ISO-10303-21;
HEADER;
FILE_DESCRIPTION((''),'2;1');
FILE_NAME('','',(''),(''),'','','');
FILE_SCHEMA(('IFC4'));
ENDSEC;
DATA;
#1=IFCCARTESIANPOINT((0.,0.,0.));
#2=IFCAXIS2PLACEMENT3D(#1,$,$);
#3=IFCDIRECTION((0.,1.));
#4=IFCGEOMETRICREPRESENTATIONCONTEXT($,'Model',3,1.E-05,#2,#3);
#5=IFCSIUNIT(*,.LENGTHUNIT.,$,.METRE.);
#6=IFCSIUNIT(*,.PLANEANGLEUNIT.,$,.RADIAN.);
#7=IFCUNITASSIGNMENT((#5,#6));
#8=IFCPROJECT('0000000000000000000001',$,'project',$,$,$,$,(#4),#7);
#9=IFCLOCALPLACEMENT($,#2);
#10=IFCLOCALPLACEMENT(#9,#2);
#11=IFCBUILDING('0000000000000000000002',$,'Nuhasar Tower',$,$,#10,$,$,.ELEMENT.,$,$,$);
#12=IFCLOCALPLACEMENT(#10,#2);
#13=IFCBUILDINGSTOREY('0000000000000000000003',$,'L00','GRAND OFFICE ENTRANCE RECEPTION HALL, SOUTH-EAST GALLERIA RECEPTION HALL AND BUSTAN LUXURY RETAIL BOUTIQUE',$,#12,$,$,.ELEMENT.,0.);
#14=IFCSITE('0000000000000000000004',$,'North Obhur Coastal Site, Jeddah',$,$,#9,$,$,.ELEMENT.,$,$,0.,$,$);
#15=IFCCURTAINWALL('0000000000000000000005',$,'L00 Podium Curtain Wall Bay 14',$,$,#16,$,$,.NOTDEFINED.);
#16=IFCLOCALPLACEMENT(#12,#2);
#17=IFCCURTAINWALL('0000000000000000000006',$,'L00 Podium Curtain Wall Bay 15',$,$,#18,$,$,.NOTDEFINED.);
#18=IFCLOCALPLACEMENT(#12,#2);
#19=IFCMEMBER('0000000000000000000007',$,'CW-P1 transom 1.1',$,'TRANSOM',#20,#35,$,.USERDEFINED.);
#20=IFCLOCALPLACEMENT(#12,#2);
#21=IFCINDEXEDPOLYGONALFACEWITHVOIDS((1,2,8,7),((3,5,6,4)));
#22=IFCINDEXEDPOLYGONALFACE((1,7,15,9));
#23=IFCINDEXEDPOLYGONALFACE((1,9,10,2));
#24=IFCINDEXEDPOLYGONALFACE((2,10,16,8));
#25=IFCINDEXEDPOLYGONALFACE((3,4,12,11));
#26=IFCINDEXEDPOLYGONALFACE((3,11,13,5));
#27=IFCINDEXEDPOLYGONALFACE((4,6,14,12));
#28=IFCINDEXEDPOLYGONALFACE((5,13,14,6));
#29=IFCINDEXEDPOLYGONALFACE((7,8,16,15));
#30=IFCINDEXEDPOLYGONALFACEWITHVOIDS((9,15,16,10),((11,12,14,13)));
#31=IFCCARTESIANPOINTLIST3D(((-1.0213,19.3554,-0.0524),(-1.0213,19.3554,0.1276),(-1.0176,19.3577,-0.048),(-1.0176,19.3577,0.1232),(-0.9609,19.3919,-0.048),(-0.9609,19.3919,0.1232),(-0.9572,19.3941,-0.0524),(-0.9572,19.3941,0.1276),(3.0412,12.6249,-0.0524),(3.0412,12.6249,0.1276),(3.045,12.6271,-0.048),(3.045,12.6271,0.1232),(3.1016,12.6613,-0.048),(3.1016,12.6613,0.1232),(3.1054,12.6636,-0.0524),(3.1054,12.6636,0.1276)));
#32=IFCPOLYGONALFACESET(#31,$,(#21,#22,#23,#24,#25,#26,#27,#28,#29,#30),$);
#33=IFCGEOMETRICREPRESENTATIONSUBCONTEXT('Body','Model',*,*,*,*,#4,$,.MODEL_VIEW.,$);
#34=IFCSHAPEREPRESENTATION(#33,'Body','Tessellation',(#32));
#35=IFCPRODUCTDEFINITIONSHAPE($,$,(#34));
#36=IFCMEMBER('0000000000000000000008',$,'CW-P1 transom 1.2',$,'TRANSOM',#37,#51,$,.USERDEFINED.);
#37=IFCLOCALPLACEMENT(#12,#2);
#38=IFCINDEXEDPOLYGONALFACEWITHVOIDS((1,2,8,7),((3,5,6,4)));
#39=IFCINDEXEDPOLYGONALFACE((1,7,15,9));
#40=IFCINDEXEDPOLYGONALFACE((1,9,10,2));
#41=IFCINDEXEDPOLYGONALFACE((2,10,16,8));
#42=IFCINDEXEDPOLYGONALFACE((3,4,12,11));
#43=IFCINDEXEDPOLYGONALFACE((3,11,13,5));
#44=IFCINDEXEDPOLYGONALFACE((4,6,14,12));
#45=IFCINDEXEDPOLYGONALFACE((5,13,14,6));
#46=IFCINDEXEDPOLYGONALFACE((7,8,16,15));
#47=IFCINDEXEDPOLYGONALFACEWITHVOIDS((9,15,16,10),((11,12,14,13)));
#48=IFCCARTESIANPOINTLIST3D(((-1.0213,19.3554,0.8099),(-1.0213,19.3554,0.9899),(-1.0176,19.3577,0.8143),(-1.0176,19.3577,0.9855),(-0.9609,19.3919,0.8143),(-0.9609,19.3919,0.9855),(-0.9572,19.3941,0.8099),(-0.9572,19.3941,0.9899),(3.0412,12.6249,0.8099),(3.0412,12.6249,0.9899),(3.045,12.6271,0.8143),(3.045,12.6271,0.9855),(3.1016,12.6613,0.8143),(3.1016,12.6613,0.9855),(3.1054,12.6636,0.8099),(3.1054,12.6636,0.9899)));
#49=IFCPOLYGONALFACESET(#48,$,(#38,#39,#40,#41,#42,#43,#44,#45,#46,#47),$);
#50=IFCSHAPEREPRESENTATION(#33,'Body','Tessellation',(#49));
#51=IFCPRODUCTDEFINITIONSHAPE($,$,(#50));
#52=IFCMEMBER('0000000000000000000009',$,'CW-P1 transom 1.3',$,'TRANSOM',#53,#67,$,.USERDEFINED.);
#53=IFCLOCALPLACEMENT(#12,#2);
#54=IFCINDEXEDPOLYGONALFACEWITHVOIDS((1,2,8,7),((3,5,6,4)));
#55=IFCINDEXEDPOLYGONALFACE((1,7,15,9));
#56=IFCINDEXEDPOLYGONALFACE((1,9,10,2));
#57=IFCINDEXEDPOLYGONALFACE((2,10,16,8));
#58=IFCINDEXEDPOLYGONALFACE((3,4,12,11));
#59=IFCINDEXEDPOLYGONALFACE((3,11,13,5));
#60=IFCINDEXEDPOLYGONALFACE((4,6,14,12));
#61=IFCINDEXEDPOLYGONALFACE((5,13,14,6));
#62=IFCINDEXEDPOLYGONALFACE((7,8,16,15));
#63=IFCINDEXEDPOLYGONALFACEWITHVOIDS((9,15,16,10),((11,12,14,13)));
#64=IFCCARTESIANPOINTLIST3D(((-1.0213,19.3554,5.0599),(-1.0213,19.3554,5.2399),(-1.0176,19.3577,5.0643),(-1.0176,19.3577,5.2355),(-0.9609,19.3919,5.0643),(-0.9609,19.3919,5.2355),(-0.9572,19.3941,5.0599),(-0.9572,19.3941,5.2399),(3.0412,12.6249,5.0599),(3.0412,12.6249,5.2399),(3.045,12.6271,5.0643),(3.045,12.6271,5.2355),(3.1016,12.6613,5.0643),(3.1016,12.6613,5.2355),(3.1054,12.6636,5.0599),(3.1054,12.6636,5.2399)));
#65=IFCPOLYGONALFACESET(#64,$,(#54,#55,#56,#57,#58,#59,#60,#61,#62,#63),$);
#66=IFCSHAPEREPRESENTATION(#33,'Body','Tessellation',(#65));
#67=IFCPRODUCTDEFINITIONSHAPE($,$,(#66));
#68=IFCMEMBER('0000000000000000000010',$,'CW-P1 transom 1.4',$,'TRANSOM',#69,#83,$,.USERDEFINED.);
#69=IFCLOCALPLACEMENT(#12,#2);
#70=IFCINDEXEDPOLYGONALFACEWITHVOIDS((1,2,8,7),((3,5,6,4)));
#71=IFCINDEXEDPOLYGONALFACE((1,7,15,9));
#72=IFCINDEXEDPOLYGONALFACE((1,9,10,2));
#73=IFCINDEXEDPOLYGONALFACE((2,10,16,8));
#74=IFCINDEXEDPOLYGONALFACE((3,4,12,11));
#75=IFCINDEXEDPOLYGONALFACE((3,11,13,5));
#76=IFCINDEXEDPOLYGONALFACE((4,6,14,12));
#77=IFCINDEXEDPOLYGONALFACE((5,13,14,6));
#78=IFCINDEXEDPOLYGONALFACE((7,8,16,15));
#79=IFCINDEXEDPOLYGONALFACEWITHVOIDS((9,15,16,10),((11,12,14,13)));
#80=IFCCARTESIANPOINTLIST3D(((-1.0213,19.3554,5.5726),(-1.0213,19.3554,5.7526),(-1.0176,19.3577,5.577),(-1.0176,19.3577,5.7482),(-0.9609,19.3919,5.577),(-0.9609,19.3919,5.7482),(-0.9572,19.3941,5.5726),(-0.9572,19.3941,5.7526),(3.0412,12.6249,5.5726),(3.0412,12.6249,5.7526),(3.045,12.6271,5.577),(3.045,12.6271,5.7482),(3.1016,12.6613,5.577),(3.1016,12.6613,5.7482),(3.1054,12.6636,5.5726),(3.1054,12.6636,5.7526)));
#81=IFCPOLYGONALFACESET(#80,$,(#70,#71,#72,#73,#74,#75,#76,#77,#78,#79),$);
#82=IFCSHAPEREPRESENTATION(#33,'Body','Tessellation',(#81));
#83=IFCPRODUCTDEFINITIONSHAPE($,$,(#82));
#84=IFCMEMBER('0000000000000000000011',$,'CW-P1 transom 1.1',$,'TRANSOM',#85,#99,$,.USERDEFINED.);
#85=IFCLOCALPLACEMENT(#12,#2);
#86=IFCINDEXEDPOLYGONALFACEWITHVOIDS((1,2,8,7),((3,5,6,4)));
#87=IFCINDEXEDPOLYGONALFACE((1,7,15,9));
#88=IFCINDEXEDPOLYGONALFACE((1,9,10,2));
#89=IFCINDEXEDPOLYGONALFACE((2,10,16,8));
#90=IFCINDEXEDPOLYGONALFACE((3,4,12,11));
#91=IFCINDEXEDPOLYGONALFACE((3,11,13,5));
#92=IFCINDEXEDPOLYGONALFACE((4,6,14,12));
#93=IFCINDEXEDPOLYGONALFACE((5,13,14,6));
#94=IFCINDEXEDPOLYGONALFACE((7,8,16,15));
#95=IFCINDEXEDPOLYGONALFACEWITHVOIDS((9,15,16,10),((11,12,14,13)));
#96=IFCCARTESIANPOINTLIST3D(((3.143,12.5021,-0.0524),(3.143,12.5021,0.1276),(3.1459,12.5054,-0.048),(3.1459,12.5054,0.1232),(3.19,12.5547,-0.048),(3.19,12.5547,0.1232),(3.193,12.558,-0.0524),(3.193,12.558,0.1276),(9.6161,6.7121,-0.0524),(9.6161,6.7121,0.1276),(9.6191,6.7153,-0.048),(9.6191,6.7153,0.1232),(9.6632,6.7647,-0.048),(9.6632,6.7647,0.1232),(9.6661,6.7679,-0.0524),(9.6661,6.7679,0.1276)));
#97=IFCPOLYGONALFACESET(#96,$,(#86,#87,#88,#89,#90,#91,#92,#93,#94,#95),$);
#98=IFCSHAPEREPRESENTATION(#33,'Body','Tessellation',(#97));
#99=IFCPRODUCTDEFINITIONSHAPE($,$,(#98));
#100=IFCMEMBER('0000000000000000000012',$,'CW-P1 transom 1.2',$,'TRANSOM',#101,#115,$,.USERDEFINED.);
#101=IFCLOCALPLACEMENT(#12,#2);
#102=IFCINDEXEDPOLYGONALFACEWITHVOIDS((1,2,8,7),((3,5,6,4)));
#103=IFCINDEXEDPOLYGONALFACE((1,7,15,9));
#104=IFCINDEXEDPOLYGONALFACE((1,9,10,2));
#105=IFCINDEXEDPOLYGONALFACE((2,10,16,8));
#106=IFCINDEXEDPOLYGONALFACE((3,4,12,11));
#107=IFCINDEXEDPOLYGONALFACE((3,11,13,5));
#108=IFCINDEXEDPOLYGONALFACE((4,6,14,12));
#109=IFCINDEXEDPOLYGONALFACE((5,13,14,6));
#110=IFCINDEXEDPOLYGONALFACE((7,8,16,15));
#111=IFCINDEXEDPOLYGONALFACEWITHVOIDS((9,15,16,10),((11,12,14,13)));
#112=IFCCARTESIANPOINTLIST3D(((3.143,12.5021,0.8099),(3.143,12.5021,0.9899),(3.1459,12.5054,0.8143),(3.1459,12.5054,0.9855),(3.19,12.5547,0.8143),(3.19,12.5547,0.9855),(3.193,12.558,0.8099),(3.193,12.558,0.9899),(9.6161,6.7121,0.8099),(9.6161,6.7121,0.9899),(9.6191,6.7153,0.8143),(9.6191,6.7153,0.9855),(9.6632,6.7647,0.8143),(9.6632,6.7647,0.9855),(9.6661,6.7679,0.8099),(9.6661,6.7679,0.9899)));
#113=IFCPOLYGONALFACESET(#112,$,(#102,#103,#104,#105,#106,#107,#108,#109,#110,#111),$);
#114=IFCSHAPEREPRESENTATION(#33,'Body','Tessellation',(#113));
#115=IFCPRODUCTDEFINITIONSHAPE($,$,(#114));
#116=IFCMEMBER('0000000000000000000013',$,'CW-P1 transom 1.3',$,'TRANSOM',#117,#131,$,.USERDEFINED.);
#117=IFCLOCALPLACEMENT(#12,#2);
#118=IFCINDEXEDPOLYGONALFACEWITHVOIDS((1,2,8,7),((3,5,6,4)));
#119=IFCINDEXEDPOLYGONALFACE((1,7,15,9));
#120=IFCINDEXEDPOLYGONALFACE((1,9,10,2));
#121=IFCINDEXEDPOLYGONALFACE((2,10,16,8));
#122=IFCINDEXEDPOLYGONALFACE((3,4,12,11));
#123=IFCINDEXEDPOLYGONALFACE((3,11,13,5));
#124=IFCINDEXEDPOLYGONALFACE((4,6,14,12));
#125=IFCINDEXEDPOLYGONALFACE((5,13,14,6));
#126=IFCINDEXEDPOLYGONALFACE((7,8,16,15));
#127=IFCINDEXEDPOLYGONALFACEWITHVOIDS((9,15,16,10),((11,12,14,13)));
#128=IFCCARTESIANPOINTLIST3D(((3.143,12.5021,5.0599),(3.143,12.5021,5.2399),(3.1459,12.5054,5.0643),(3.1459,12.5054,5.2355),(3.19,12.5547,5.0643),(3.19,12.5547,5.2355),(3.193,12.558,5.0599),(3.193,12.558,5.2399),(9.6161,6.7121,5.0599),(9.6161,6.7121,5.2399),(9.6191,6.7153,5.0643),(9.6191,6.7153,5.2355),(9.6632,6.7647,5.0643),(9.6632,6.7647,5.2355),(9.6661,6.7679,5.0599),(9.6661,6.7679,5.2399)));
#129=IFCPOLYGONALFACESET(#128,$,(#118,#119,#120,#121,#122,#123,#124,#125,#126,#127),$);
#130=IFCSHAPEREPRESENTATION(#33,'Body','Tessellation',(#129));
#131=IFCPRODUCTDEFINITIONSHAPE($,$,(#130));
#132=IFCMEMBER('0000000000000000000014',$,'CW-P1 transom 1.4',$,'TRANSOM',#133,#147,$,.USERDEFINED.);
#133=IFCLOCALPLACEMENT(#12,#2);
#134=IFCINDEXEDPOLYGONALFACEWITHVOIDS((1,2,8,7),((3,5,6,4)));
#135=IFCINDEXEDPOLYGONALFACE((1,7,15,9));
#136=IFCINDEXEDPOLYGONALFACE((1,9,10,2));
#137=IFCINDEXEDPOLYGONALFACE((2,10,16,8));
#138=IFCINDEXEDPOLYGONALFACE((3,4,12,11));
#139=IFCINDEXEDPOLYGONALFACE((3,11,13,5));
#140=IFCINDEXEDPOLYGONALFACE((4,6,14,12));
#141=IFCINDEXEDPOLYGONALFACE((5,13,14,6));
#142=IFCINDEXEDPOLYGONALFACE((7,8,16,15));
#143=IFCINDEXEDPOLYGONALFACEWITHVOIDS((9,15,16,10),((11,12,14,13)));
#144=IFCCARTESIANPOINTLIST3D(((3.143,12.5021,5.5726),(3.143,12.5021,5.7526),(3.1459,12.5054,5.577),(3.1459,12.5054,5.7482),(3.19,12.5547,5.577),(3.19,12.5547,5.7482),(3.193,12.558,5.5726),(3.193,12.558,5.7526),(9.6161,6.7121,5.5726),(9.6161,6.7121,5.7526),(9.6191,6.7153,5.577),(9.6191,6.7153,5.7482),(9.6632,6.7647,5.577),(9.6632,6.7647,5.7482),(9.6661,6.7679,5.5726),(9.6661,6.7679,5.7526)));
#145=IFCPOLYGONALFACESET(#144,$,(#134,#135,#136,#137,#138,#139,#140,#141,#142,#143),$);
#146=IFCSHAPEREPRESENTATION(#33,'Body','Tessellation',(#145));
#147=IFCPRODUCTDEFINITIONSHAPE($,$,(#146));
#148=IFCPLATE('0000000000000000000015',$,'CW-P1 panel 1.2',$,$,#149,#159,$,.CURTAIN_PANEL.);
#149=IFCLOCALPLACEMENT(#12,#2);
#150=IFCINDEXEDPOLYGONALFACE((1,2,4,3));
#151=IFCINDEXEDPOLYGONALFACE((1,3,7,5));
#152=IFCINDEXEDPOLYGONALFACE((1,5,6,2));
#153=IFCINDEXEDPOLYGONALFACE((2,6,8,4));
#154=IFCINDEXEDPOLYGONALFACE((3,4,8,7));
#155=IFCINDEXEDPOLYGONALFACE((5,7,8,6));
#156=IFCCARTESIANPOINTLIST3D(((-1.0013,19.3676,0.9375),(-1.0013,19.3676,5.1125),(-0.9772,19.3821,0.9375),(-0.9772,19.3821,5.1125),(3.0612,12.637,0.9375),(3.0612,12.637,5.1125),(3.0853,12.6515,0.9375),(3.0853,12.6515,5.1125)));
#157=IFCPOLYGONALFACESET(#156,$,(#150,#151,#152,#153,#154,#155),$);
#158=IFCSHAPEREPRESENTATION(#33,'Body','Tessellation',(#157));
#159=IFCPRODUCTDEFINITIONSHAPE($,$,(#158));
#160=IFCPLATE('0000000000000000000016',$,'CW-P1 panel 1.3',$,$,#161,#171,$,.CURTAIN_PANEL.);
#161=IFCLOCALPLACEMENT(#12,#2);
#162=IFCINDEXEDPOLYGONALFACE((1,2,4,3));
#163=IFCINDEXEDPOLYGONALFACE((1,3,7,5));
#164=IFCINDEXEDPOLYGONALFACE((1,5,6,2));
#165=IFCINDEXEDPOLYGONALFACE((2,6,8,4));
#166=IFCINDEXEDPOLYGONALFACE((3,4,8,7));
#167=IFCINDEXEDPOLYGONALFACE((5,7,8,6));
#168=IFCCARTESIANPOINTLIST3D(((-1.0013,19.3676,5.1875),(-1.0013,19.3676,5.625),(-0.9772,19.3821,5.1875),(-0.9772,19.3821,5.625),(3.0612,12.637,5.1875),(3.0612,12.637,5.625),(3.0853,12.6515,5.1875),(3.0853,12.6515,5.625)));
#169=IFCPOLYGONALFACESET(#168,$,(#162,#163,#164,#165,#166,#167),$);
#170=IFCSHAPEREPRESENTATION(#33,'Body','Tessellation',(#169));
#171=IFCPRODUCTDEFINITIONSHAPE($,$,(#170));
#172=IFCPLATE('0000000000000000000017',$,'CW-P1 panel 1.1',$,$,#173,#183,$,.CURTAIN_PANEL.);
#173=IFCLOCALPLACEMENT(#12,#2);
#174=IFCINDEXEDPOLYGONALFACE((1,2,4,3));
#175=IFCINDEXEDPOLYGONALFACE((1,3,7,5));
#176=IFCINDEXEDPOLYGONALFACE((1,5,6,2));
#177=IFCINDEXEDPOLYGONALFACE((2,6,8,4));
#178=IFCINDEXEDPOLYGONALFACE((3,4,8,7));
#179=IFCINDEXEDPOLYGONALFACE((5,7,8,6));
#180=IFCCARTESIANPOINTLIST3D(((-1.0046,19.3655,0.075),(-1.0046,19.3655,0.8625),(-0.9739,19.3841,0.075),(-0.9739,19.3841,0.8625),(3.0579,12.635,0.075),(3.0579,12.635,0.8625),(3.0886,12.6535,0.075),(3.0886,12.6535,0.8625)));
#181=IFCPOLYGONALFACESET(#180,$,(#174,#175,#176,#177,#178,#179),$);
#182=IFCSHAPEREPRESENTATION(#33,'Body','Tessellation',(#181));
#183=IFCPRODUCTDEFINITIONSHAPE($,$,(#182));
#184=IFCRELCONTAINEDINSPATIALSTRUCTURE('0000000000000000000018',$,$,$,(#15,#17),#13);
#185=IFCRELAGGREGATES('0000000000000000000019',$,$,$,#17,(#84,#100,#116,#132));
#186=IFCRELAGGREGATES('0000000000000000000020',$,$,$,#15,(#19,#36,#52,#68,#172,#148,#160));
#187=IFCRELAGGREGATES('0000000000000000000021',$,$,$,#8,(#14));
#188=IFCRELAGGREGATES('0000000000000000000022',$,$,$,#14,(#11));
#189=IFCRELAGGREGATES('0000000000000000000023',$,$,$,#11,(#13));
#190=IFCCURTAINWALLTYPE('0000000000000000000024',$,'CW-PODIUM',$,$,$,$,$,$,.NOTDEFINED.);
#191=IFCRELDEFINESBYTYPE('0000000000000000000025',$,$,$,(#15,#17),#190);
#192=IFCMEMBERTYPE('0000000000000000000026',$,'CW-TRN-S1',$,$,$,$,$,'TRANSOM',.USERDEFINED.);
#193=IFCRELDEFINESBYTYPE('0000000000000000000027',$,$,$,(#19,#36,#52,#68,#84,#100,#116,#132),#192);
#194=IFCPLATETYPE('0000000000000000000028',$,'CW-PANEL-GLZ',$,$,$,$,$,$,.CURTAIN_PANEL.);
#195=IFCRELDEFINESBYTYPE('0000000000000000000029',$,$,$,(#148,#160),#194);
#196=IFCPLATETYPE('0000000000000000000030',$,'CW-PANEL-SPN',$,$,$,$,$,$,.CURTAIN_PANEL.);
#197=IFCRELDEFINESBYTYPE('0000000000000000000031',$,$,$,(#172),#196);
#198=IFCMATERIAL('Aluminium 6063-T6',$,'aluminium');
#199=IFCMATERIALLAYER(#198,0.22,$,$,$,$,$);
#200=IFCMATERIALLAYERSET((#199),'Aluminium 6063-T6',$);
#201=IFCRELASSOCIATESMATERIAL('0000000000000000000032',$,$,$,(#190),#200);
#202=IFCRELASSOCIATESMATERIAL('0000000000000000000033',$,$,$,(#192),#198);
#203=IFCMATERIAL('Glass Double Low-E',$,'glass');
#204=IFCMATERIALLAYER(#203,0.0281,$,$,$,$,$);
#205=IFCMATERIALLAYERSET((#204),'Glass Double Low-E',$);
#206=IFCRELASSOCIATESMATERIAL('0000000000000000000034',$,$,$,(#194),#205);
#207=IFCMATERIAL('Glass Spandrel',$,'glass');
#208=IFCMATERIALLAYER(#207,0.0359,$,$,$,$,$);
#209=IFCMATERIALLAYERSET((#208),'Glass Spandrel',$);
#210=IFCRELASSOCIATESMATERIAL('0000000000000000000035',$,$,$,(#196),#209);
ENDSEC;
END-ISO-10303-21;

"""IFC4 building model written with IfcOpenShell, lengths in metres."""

from ifc_helpers import new_model, si_unit, direction, frame, origin, origin_2d, place, context, subcontext, project, spatial, rectangle, hollow_rectangle, extrude, material, layer, layer_set, material_profile, profile_set, type_object, element, aggregate, save


model = new_model("IFC4")

# Units and contexts
model_context = context("Model", 3, precision=1e-05, world=origin(), true_north=direction((0.0, 1.0)))
body_context = subcontext(model_context, "Body", "Model", "MODEL_VIEW")
ifc_project = project(units=[si_unit("LENGTHUNIT", "METRE"), si_unit("PLANEANGLEUNIT", "RADIAN")], contexts=[model_context])

# Site, building, storey
site_placement = place(None, origin())
site = spatial("IfcSite", under=ifc_project, at=site_placement, Name="North Obhur Coastal Site, Jeddah", CompositionType="ELEMENT", RefElevation=0.0)
building_placement = place(site_placement, origin())
building = spatial("IfcBuilding", under=site, at=building_placement, Name="Nuhasar Tower", CompositionType="ELEMENT")
storey_placement = place(building_placement, origin())
storey = spatial("IfcBuildingStorey", under=building, at=storey_placement, Name="L00", Description="GRAND OFFICE ENTRANCE RECEPTION HALL, SOUTH-EAST GALLERIA RECEPTION HALL AND BUSTAN LUXURY RETAIL BOUTIQUE", CompositionType="ELEMENT", Elevation=0.0)

# Curtain wall
ifc_material_1 = material(Name="Aluminium 6063-T6", Category="aluminium")
ifc_layer_1 = layer(ifc_material_1, 0.22)
ifc_layer_set_1 = layer_set([ifc_layer_1], Name="Aluminium 6063-T6")
curtain_wall_type = type_object("IfcCurtainWallType", Name="CW-PODIUM", PredefinedType="NOTDEFINED", material=ifc_layer_set_1)
curtain_wall_1_placement = place(storey_placement, origin())
curtain_wall_1 = element("IfcCurtainWall", 1, at=curtain_wall_1_placement, inside=storey, type_object=curtain_wall_type, Name="L00 Podium Curtain Wall Bay 14", PredefinedType="NOTDEFINED")

# Curtain wall
curtain_wall_2_placement = place(storey_placement, origin())
curtain_wall_2 = element("IfcCurtainWall", 2, at=curtain_wall_2_placement, inside=storey, type_object=curtain_wall_type, Name="L00 Podium Curtain Wall Bay 15", PredefinedType="NOTDEFINED")

# Members
ifc_material_profile_1 = material_profile(ifc_material_1, hollow_rectangle(XDim=0.075, YDim=0.1799, WallThickness=0.0044, at=origin_2d()), Name="CWT-1")
ifc_profile_set_1 = profile_set([ifc_material_profile_1], Name="Aluminium 6063-T6")
member_type_1 = type_object("IfcMemberType", Name="CW-TRN-S1", ElementType="TRANSOM", PredefinedType="USERDEFINED", material=ifc_profile_set_1)
member_1_placement = place(storey_placement, frame((-0.9893, 19.3748, 0.0376), z_axis=(0.516759, -0.856131, 0.0), x_axis=(0.856131, 0.516759, 0.0)))
member_1 = element("IfcMember", 3, at=member_1_placement, type_object=member_type_1, Name="CW-P1 transom 1.1", ObjectType="TRANSOM", PredefinedType="USERDEFINED", context=body_context, shape_type="SweptSolid", body=[
    extrude(hollow_rectangle(XDim=0.075, YDim=0.1799, WallThickness=0.0044, at=origin_2d()), origin(), (0.0, 0.0, 1.0), 7.8616),
])
member_2_placement = place(storey_placement, frame((-0.9893, 19.3748, 0.8999), z_axis=(0.516759, -0.856131, 0.0), x_axis=(0.856131, 0.516759, 0.0)))
member_2 = element("IfcMember", 4, at=member_2_placement, type_object=member_type_1, Name="CW-P1 transom 1.2", ObjectType="TRANSOM", PredefinedType="USERDEFINED", context=body_context, shape_type="SweptSolid", body=[
    extrude(hollow_rectangle(XDim=0.075, YDim=0.1799, WallThickness=0.0044, at=origin_2d()), origin(), (0.0, 0.0, 1.0), 7.8616),
])
member_3_placement = place(storey_placement, frame((-0.9893, 19.3748, 5.1499), z_axis=(0.516759, -0.856131, 0.0), x_axis=(0.856131, 0.516759, 0.0)))
member_3 = element("IfcMember", 5, at=member_3_placement, type_object=member_type_1, Name="CW-P1 transom 1.3", ObjectType="TRANSOM", PredefinedType="USERDEFINED", context=body_context, shape_type="SweptSolid", body=[
    extrude(hollow_rectangle(XDim=0.075, YDim=0.1799, WallThickness=0.0044, at=origin_2d()), origin(), (0.0, 0.0, 1.0), 7.8616),
])
member_4_placement = place(storey_placement, frame((-0.9893, 19.3748, 5.6626), z_axis=(0.516759, -0.856131, 0.0), x_axis=(0.856131, 0.516759, 0.0)))
member_4 = element("IfcMember", 6, at=member_4_placement, type_object=member_type_1, Name="CW-P1 transom 1.4", ObjectType="TRANSOM", PredefinedType="USERDEFINED", context=body_context, shape_type="SweptSolid", body=[
    extrude(hollow_rectangle(XDim=0.075, YDim=0.1799, WallThickness=0.0044, at=origin_2d()), origin(), (0.0, 0.0, 1.0), 7.8616),
])
member_5_placement = place(storey_placement, frame((3.168, 12.53, 0.0376), z_axis=(0.74534, -0.666685, 0.0), x_axis=(0.666685, 0.74534, 0.0)))
member_5 = element("IfcMember", 7, at=member_5_placement, type_object=member_type_1, Name="CW-P1 transom 1.1", ObjectType="TRANSOM", PredefinedType="USERDEFINED", context=body_context, shape_type="SweptSolid", body=[
    extrude(hollow_rectangle(XDim=0.075, YDim=0.1799, WallThickness=0.0044, at=origin_2d()), origin(), (0.0, 0.0, 1.0), 8.6848),
])
member_6_placement = place(storey_placement, frame((3.168, 12.53, 0.8999), z_axis=(0.74534, -0.666685, 0.0), x_axis=(0.666685, 0.74534, 0.0)))
member_6 = element("IfcMember", 8, at=member_6_placement, type_object=member_type_1, Name="CW-P1 transom 1.2", ObjectType="TRANSOM", PredefinedType="USERDEFINED", context=body_context, shape_type="SweptSolid", body=[
    extrude(hollow_rectangle(XDim=0.075, YDim=0.1799, WallThickness=0.0044, at=origin_2d()), origin(), (0.0, 0.0, 1.0), 8.6848),
])
member_7_placement = place(storey_placement, frame((3.168, 12.53, 5.1499), z_axis=(0.74534, -0.666685, 0.0), x_axis=(0.666685, 0.74534, 0.0)))
member_7 = element("IfcMember", 9, at=member_7_placement, type_object=member_type_1, Name="CW-P1 transom 1.3", ObjectType="TRANSOM", PredefinedType="USERDEFINED", context=body_context, shape_type="SweptSolid", body=[
    extrude(hollow_rectangle(XDim=0.075, YDim=0.1799, WallThickness=0.0044, at=origin_2d()), origin(), (0.0, 0.0, 1.0), 8.6848),
])
member_8_placement = place(storey_placement, frame((3.168, 12.53, 5.6626), z_axis=(0.74534, -0.666685, 0.0), x_axis=(0.666685, 0.74534, 0.0)))
member_8 = element("IfcMember", 10, at=member_8_placement, type_object=member_type_1, Name="CW-P1 transom 1.4", ObjectType="TRANSOM", PredefinedType="USERDEFINED", context=body_context, shape_type="SweptSolid", body=[
    extrude(hollow_rectangle(XDim=0.075, YDim=0.1799, WallThickness=0.0044, at=origin_2d()), origin(), (0.0, 0.0, 1.0), 8.6848),
])
aggregate(curtain_wall_2, [member_5, member_6, member_7, member_8])

# Plates
ifc_material_2 = material(Name="Glass Double Low-E", Category="glass")
ifc_layer_2 = layer(ifc_material_2, 0.0281)
ifc_layer_set_2 = layer_set([ifc_layer_2], Name="Glass Double Low-E")
plate_type_1 = type_object("IfcPlateType", Name="CW-PANEL-GLZ", PredefinedType="CURTAIN_PANEL", material=ifc_layer_set_2)
plate_1_placement = place(storey_placement, frame((1.042, 16.0095, 0.9375), z_axis=(0.0, 0.0, 1.0), x_axis=(0.516752, -0.856135, 0.0)))
plate_1 = element("IfcPlate", 11, at=plate_1_placement, type_object=plate_type_1, Name="CW-P1 panel 1.2", PredefinedType="CURTAIN_PANEL", context=body_context, shape_type="SweptSolid", body=[
    extrude(rectangle(XDim=7.8616, YDim=0.0281, at=origin_2d()), origin(), (0.0, 0.0, 1.0), 4.175),
])
plate_2_placement = place(storey_placement, frame((1.042, 16.0095, 5.1875), z_axis=(0.0, 0.0, 1.0), x_axis=(0.516752, -0.856135, 0.0)))
plate_2 = element("IfcPlate", 12, at=plate_2_placement, type_object=plate_type_1, Name="CW-P1 panel 1.3", PredefinedType="CURTAIN_PANEL", context=body_context, shape_type="SweptSolid", body=[
    extrude(rectangle(XDim=7.8616, YDim=0.0281, at=origin_2d()), origin(), (0.0, 0.0, 1.0), 0.4375),
])
ifc_material_3 = material(Name="Glass Spandrel", Category="glass")
ifc_layer_3 = layer(ifc_material_3, 0.0359)
ifc_layer_set_3 = layer_set([ifc_layer_3], Name="Glass Spandrel")
plate_type_2 = type_object("IfcPlateType", Name="CW-PANEL-SPN", PredefinedType="CURTAIN_PANEL", material=ifc_layer_set_3)
plate_3_placement = place(storey_placement, frame((1.042, 16.0095, 0.075), z_axis=(0.0, 0.0, 1.0), x_axis=(0.516752, -0.856135, 0.0)))
plate_3 = element("IfcPlate", 13, at=plate_3_placement, type_object=plate_type_2, Name="CW-P1 panel 1.1", PredefinedType="CURTAIN_PANEL", context=body_context, shape_type="SweptSolid", body=[
    extrude(rectangle(XDim=7.8616, YDim=0.0359, at=origin_2d()), origin(), (0.0, 0.0, 1.0), 0.7876),
])
aggregate(curtain_wall_1, [member_1, member_2, member_3, member_4, plate_3, plate_1, plate_2])

save(model, "model.ifc")
